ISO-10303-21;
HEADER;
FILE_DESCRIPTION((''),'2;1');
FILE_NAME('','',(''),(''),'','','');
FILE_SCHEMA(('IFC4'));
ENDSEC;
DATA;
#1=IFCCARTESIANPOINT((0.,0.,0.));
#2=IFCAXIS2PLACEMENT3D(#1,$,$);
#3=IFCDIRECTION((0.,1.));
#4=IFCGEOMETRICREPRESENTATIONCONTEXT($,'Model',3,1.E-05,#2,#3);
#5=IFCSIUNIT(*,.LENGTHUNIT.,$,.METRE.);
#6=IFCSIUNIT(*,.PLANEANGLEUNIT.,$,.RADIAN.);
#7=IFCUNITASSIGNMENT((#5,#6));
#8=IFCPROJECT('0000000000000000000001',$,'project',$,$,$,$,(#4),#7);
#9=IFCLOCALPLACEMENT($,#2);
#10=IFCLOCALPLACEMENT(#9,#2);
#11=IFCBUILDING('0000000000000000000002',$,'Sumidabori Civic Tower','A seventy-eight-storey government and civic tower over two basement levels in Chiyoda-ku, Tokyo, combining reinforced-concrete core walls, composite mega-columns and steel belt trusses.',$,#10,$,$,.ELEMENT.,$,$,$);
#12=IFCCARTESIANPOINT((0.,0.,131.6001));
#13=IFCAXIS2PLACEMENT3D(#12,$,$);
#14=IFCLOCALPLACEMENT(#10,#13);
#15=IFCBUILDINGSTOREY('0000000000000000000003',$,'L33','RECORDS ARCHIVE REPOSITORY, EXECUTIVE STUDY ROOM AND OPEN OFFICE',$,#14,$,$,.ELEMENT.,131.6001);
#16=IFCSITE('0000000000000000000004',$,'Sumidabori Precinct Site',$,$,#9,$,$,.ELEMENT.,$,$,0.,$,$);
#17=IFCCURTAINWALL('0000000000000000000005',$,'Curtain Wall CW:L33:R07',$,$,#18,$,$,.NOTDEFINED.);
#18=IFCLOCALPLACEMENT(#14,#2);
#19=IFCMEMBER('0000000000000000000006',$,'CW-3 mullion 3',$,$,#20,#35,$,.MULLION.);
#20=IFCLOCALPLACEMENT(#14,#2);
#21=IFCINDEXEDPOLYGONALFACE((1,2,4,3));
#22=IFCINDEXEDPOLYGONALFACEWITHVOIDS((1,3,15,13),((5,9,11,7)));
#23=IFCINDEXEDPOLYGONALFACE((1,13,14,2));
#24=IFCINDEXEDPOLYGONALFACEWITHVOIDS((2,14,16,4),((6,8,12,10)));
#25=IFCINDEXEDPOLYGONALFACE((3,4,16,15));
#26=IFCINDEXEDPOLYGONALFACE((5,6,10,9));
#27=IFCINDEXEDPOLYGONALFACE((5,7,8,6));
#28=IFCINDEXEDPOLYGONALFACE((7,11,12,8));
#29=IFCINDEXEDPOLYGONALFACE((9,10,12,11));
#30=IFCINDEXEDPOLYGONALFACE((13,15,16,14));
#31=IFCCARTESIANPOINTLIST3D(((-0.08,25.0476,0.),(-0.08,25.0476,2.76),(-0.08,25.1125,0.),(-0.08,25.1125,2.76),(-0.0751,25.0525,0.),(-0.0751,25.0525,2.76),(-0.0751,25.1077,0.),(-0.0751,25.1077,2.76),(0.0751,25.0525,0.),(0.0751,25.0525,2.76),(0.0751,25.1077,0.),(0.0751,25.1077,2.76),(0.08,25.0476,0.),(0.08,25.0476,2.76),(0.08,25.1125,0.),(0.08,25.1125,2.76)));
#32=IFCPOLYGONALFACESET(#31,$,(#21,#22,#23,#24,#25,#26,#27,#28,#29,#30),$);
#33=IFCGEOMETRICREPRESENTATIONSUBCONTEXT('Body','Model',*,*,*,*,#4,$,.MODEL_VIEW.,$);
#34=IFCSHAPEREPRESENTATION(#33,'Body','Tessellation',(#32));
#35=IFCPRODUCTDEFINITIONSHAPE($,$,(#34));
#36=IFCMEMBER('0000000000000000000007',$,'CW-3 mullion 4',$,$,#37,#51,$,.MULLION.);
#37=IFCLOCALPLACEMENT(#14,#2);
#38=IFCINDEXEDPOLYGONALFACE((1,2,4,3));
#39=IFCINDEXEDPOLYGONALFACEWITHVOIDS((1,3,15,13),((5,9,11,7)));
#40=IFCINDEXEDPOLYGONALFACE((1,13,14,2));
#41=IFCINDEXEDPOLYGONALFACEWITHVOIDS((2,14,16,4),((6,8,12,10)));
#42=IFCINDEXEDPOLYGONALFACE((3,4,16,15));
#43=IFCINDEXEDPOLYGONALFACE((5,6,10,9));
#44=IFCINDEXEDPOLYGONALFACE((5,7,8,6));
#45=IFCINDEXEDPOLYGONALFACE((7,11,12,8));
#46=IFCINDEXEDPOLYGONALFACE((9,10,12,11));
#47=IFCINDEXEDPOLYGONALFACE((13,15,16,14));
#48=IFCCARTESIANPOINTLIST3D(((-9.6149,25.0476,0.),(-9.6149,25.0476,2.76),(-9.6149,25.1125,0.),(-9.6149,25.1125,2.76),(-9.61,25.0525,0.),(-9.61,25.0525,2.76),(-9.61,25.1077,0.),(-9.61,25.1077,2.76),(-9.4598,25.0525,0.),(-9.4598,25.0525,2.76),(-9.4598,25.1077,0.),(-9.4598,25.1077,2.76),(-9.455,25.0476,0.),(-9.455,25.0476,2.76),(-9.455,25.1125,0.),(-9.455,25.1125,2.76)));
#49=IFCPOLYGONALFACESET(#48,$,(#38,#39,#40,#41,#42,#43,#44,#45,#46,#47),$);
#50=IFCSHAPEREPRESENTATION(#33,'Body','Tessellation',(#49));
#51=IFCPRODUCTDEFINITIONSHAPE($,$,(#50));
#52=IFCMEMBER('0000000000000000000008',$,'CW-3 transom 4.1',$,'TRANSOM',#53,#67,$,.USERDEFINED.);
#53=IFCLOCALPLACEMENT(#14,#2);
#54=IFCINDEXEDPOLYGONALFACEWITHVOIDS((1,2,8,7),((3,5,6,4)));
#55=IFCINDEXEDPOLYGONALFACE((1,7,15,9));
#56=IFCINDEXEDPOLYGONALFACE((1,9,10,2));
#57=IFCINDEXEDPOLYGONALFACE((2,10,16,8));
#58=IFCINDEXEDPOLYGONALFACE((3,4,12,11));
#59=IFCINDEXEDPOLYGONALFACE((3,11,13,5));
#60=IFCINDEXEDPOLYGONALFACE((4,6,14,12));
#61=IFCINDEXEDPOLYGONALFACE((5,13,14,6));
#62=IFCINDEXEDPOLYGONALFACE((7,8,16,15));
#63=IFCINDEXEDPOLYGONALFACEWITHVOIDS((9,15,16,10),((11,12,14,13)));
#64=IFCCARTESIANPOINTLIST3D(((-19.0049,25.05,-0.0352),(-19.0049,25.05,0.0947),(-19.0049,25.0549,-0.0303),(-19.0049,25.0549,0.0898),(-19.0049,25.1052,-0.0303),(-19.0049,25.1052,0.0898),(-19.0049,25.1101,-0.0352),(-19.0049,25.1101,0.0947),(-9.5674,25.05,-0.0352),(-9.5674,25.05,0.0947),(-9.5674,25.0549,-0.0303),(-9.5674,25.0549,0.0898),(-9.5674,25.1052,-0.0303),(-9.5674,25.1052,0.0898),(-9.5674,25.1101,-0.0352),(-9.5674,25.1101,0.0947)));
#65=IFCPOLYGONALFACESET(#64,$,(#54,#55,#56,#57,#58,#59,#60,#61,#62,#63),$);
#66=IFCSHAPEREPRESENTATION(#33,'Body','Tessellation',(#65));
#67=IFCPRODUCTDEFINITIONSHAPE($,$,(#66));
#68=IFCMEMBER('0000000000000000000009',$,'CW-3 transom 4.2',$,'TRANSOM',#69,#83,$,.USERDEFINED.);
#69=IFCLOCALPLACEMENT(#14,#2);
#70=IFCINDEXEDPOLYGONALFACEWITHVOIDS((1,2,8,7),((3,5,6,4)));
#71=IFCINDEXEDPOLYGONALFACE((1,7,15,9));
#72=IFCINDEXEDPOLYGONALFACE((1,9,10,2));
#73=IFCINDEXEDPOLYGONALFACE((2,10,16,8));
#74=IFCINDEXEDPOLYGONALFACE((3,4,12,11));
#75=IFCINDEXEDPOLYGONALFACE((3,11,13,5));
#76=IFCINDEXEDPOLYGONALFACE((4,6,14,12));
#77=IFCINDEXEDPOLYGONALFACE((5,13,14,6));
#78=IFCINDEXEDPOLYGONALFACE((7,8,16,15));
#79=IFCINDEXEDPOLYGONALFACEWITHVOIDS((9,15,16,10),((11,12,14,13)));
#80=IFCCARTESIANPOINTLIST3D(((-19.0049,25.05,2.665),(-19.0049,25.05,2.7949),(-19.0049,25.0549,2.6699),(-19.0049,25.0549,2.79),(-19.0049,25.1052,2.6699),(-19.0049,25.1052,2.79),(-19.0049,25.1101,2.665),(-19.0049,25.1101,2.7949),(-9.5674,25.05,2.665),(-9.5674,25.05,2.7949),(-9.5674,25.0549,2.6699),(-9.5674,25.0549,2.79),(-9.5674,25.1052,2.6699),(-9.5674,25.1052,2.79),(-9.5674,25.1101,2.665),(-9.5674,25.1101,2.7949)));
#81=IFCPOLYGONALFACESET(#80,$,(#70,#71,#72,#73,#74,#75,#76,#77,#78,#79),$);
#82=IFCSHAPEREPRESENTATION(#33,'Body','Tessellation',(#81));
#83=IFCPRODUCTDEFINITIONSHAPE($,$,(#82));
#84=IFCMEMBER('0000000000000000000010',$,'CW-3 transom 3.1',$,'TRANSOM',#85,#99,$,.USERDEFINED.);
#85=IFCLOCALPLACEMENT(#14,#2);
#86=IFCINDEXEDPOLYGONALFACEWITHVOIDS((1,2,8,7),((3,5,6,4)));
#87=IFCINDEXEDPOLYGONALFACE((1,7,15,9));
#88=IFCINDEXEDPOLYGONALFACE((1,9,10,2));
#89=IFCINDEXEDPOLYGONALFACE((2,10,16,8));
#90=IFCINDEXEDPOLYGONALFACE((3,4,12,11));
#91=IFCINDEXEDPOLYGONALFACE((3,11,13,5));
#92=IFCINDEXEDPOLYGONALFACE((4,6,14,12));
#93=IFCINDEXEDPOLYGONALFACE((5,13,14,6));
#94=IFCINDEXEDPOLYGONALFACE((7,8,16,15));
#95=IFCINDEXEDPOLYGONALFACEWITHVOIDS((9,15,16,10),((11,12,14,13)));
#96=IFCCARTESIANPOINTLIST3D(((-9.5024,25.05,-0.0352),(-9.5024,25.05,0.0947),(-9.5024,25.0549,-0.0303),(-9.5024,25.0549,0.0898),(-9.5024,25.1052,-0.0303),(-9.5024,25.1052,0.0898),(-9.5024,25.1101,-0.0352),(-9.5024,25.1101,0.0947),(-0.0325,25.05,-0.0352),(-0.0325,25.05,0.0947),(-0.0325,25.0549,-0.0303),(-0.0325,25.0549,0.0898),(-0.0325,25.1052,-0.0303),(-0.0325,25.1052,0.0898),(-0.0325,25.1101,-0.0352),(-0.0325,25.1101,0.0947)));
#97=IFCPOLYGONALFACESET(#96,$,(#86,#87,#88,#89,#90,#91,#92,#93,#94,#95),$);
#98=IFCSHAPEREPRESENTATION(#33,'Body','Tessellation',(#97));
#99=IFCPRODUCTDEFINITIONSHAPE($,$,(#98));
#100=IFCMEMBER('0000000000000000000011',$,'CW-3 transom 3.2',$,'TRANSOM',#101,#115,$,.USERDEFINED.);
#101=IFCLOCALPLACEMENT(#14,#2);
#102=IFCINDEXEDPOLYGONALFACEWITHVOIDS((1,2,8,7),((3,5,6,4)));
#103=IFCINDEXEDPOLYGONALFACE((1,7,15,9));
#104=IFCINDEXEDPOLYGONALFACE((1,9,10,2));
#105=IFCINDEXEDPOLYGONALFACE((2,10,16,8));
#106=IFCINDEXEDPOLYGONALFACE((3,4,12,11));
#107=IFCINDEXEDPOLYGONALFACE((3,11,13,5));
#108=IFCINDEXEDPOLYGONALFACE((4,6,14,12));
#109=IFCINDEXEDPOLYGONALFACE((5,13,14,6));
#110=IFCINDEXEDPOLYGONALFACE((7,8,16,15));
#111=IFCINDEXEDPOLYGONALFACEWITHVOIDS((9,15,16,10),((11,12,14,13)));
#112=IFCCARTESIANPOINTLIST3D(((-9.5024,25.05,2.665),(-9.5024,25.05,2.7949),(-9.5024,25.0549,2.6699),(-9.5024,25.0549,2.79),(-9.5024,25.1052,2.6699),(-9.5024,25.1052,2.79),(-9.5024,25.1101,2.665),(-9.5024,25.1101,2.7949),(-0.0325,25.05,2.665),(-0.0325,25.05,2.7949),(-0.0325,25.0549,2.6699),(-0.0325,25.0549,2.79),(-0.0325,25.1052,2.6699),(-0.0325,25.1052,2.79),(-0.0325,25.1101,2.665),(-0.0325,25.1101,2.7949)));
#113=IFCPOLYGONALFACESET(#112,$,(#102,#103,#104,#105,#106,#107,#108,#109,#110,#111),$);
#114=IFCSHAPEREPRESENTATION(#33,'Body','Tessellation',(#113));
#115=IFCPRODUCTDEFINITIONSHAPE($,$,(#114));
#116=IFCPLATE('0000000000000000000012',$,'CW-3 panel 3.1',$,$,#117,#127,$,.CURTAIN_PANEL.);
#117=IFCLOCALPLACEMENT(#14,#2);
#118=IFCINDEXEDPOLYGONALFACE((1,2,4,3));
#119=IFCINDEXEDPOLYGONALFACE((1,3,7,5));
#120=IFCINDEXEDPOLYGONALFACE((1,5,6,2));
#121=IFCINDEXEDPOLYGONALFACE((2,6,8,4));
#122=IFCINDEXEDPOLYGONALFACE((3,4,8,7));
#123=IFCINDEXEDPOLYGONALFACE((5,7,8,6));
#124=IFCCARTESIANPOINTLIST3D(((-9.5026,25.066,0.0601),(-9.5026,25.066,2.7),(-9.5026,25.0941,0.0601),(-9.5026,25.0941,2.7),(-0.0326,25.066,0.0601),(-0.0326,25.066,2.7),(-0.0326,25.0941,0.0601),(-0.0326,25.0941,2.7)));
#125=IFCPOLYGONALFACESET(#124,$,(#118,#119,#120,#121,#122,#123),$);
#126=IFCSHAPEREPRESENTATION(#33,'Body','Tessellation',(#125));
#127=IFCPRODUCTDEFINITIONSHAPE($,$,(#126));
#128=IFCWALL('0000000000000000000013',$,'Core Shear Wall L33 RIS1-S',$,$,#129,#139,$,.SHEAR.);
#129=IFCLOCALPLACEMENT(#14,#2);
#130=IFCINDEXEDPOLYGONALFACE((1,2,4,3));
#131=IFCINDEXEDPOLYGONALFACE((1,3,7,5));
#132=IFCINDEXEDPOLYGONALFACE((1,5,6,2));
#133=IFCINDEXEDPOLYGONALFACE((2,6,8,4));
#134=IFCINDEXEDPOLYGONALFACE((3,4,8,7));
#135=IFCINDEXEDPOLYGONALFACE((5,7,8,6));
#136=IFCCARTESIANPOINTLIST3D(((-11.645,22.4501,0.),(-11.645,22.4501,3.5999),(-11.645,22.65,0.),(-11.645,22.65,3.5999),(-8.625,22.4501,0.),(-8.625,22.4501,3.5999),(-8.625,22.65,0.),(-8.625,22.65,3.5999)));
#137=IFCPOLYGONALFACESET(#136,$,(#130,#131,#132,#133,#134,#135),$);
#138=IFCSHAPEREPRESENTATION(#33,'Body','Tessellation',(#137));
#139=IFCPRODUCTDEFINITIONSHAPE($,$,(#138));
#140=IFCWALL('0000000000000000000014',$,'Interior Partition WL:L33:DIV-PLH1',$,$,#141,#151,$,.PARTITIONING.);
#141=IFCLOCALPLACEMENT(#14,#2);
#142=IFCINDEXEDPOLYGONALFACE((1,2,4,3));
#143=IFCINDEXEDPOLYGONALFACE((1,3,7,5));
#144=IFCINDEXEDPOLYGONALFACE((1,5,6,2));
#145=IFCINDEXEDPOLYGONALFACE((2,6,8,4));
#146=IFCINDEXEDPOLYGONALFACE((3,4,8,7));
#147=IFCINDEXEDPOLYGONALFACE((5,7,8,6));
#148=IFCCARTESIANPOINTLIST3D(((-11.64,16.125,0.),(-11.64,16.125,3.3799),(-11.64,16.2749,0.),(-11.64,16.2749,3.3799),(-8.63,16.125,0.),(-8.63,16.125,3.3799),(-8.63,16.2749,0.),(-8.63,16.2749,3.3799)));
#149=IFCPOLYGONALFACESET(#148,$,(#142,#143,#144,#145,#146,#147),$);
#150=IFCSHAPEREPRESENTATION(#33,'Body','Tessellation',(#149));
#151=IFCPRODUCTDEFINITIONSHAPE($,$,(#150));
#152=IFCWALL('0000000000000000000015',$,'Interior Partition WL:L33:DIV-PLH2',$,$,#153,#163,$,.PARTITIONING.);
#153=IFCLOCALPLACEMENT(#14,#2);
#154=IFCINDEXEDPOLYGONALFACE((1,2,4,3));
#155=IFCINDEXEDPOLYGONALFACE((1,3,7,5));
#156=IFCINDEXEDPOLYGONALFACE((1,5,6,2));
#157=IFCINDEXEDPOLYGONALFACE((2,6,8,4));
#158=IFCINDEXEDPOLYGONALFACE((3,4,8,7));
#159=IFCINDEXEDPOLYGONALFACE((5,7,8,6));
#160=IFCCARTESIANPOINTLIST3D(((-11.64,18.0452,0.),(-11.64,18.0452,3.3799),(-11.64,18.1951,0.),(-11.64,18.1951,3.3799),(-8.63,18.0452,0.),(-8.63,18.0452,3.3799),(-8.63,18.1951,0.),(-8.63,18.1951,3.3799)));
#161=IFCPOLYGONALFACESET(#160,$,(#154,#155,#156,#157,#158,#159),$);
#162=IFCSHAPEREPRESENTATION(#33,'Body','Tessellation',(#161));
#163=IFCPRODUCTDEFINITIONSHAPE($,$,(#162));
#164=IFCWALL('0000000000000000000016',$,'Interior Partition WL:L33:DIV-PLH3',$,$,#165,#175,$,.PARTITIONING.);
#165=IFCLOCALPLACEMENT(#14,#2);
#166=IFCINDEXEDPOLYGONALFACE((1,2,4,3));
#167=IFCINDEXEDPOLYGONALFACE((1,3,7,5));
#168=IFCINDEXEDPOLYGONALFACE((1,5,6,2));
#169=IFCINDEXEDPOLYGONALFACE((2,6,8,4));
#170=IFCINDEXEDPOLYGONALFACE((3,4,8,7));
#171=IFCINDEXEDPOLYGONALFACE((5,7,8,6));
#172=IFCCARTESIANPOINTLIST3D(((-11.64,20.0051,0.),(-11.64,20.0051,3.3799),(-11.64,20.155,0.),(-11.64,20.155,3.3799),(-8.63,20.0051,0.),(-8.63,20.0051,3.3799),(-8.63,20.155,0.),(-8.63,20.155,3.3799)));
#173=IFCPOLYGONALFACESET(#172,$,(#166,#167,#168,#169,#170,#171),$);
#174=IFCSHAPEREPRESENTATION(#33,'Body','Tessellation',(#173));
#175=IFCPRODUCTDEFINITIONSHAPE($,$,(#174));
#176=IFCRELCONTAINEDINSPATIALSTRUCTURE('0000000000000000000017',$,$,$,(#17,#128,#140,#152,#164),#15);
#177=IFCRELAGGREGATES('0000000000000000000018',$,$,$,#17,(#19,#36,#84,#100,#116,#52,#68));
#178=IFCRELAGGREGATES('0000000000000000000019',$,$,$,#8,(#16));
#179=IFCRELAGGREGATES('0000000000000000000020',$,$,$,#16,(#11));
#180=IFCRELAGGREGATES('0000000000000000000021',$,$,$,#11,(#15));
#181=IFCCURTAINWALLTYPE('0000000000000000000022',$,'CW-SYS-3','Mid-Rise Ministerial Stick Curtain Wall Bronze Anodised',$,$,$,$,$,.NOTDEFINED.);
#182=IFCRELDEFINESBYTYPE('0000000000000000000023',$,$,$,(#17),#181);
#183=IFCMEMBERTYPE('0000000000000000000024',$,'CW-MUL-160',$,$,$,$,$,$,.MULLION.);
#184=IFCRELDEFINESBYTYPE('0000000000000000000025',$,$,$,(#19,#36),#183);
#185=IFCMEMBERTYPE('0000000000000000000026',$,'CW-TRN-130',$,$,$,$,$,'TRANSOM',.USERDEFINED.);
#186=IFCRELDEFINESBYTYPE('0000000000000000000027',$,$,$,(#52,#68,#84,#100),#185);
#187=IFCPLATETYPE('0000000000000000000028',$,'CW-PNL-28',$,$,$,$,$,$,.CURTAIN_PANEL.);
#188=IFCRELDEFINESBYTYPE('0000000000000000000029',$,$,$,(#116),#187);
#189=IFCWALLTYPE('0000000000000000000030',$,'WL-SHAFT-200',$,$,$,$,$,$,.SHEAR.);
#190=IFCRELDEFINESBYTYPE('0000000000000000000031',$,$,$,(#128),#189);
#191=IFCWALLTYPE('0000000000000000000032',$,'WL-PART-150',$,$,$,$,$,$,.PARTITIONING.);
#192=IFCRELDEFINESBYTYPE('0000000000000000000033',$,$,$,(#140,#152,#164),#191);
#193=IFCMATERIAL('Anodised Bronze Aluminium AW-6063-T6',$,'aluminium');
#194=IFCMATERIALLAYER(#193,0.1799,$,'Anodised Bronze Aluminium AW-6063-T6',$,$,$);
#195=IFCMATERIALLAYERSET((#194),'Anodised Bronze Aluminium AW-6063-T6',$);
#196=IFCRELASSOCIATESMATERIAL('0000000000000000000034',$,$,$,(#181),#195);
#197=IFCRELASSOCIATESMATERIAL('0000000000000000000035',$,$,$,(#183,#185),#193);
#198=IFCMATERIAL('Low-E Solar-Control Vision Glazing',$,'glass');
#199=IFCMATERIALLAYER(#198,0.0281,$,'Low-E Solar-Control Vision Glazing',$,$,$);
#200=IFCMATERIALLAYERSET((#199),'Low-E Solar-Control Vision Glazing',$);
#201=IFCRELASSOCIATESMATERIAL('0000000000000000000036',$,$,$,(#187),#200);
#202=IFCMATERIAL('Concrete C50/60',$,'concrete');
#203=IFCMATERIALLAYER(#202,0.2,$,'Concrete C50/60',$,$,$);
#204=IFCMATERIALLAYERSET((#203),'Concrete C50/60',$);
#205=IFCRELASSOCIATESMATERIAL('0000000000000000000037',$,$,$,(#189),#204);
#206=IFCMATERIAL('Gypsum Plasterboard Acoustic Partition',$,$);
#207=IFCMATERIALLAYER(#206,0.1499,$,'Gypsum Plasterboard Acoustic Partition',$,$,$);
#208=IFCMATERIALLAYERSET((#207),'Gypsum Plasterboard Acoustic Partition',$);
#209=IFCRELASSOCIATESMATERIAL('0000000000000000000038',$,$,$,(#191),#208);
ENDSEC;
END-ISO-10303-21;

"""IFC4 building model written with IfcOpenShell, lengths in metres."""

from ifc_helpers import new_model, si_unit, direction, frame, frame_2d, origin, origin_2d, place, context, subcontext, project, spatial, rectangle, hollow_rectangle, extrude, source, transform, mapped, material, layer, layer_set, material_profile, profile_set, type_object, element, aggregate, save


model = new_model("IFC4")

# Units and contexts
model_context = context("Model", 3, precision=1e-05, world=origin(), true_north=direction((0.0, 1.0)))
body_context = subcontext(model_context, "Body", "Model", "MODEL_VIEW")
ifc_project = project(units=[si_unit("LENGTHUNIT", "METRE"), si_unit("PLANEANGLEUNIT", "RADIAN")], contexts=[model_context])

# Site, building, storey
site_placement = place(None, origin())
site = spatial("IfcSite", under=ifc_project, at=site_placement, Name="Sumidabori Precinct Site", CompositionType="ELEMENT", RefElevation=0.0)
building_placement = place(site_placement, origin())
building = spatial("IfcBuilding", under=site, at=building_placement, Name="Sumidabori Civic Tower", Description="A seventy-eight-storey government and civic tower over two basement levels in Chiyoda-ku, Tokyo, combining reinforced-concrete core walls, composite mega-columns and steel belt trusses.", CompositionType="ELEMENT")
storey_placement = place(building_placement, frame((0.0, 0.0, 131.6001)))
storey = spatial("IfcBuildingStorey", under=building, at=storey_placement, Name="L33", Description="RECORDS ARCHIVE REPOSITORY, EXECUTIVE STUDY ROOM AND OPEN OFFICE", CompositionType="ELEMENT", Elevation=131.6001)

# Curtain wall, members, plate
ifc_material_1 = material(Name="Anodised Bronze Aluminium AW-6063-T6", Category="aluminium")
ifc_layer_1 = layer(ifc_material_1, 0.1799, Name="Anodised Bronze Aluminium AW-6063-T6")
ifc_layer_set_1 = layer_set([ifc_layer_1], Name="Anodised Bronze Aluminium AW-6063-T6")
curtain_wall_type = type_object("IfcCurtainWallType", Name="CW-SYS-3", Description="Mid-Rise Ministerial Stick Curtain Wall Bronze Anodised", PredefinedType="NOTDEFINED", material=ifc_layer_set_1)
curtain_wall_placement = place(storey_placement, origin())
curtain_wall = element("IfcCurtainWall", 1, at=curtain_wall_placement, inside=storey, type_object=curtain_wall_type, Name="Curtain Wall CW:L33:R07", PredefinedType="NOTDEFINED")
ifc_material_profile_1 = material_profile(ifc_material_1, hollow_rectangle(XDim=0.0649, YDim=0.1599, WallThickness=0.0049, at=origin_2d()), Name="ALU MULLION 160x65")
ifc_profile_set_1 = profile_set([ifc_material_profile_1], Name="Anodised Bronze Aluminium AW-6063-T6")
member_type_1 = type_object("IfcMemberType", Name="CW-MUL-160", PredefinedType="MULLION", material=ifc_profile_set_1)
shared_shape_1 = source(origin(), body_context, "Body", "SweptSolid", [
    extrude(hollow_rectangle(XDim=0.0649, YDim=0.1599, WallThickness=0.0049, at=origin_2d()), origin(), (0.0, 0.0, 1.0), 2.76),
])
member_1_placement = place(storey_placement, frame((0.0, 25.0801, 0.0), z_axis=(0.0, 0.0, 1.0), x_axis=(0.0, -1.0, 0.0)))
member_1 = element("IfcMember", 2, at=member_1_placement, type_object=member_type_1, Name="CW-3 mullion 3", PredefinedType="MULLION", context=body_context, shape_type="MappedRepresentation", body=[
    mapped(shared_shape_1, transform((0.0, 0.0, 0.0), x_axis=(1.0, 0.0, 0.0), y_axis=(0.0, 1.0, 0.0), z_axis=(0.0, 0.0, 1.0), scale=1.0)),
])
member_2_placement = place(storey_placement, frame((-9.5349, 25.0801, 0.0), z_axis=(0.0, 0.0, 1.0), x_axis=(0.0, -1.0, 0.0)))
member_2 = element("IfcMember", 3, at=member_2_placement, type_object=member_type_1, Name="CW-3 mullion 4", PredefinedType="MULLION", context=body_context, shape_type="MappedRepresentation", body=[
    mapped(shared_shape_1, transform((0.0, 0.0, 0.0), x_axis=(1.0, 0.0, 0.0), y_axis=(0.0, 1.0, 0.0), z_axis=(0.0, 0.0, 1.0), scale=1.0)),
])
ifc_material_profile_2 = material_profile(ifc_material_1, hollow_rectangle(XDim=0.0601, YDim=0.1299, WallThickness=0.0049, at=origin_2d()), Name="ALU TRANSOM 130x60")
ifc_profile_set_2 = profile_set([ifc_material_profile_2], Name="Anodised Bronze Aluminium AW-6063-T6")
member_type_2 = type_object("IfcMemberType", Name="CW-TRN-130", ElementType="TRANSOM", PredefinedType="USERDEFINED", material=ifc_profile_set_2)
shared_shape_2 = source(origin(), body_context, "Body", "SweptSolid", [
    extrude(hollow_rectangle(XDim=0.0601, YDim=0.1299, WallThickness=0.0049, at=origin_2d()), origin(), (0.0, 0.0, 1.0), 9.4375),
])
member_3_placement = place(storey_placement, frame((-9.5674, 25.0801, 0.0298), z_axis=(-1.0, 0.0, 0.0), x_axis=(0.0, -1.0, 0.0)))
member_3 = element("IfcMember", 4, at=member_3_placement, type_object=member_type_2, Name="CW-3 transom 4.1", ObjectType="TRANSOM", PredefinedType="USERDEFINED", context=body_context, shape_type="MappedRepresentation", body=[
    mapped(shared_shape_2, transform((0.0, 0.0, 0.0), x_axis=(1.0, 0.0, 0.0), y_axis=(0.0, 1.0, 0.0), z_axis=(0.0, 0.0, 1.0), scale=1.0)),
])
member_4_placement = place(storey_placement, frame((-9.5674, 25.0801, 2.73), z_axis=(-1.0, 0.0, 0.0), x_axis=(0.0, -1.0, 0.0)))
member_4 = element("IfcMember", 5, at=member_4_placement, type_object=member_type_2, Name="CW-3 transom 4.2", ObjectType="TRANSOM", PredefinedType="USERDEFINED", context=body_context, shape_type="MappedRepresentation", body=[
    mapped(shared_shape_2, transform((0.0, 0.0, 0.0), x_axis=(1.0, 0.0, 0.0), y_axis=(0.0, 1.0, 0.0), z_axis=(0.0, 0.0, 1.0), scale=1.0)),
])
shared_shape_3 = source(origin(), body_context, "Body", "SweptSolid", [
    extrude(hollow_rectangle(XDim=0.0601, YDim=0.1299, WallThickness=0.0049, at=origin_2d()), origin(), (0.0, 0.0, 1.0), 9.47),
])
member_5_placement = place(storey_placement, frame((-0.0325, 25.0801, 0.0298), z_axis=(-1.0, 0.0, 0.0), x_axis=(0.0, -1.0, 0.0)))
member_5 = element("IfcMember", 6, at=member_5_placement, type_object=member_type_2, Name="CW-3 transom 3.1", ObjectType="TRANSOM", PredefinedType="USERDEFINED", context=body_context, shape_type="MappedRepresentation", body=[
    mapped(shared_shape_3, transform((0.0, 0.0, 0.0), x_axis=(1.0, 0.0, 0.0), y_axis=(0.0, 1.0, 0.0), z_axis=(0.0, 0.0, 1.0), scale=1.0)),
])
member_6_placement = place(storey_placement, frame((-0.0325, 25.0801, 2.73), z_axis=(-1.0, 0.0, 0.0), x_axis=(0.0, -1.0, 0.0)))
member_6 = element("IfcMember", 7, at=member_6_placement, type_object=member_type_2, Name="CW-3 transom 3.2", ObjectType="TRANSOM", PredefinedType="USERDEFINED", context=body_context, shape_type="MappedRepresentation", body=[
    mapped(shared_shape_3, transform((0.0, 0.0, 0.0), x_axis=(1.0, 0.0, 0.0), y_axis=(0.0, 1.0, 0.0), z_axis=(0.0, 0.0, 1.0), scale=1.0)),
])
ifc_material_2 = material(Name="Low-E Solar-Control Vision Glazing", Category="glass")
ifc_layer_2 = layer(ifc_material_2, 0.0281, Name="Low-E Solar-Control Vision Glazing")
ifc_layer_set_2 = layer_set([ifc_layer_2], Name="Low-E Solar-Control Vision Glazing")
plate_type = type_object("IfcPlateType", Name="CW-PNL-28", PredefinedType="CURTAIN_PANEL", material=ifc_layer_set_2)
shared_shape_4 = source(origin(), body_context, "Body", "SweptSolid", [
    extrude(rectangle(XDim=9.47, YDim=0.0281, at=origin_2d()), origin(), (0.0, 0.0, 1.0), 2.6399),
])
plate_placement = place(storey_placement, frame((-4.7676, 25.0801, 0.0601), z_axis=(0.0, 0.0, 1.0), x_axis=(-1.0, 0.0, 0.0)))
plate = element("IfcPlate", 8, at=plate_placement, type_object=plate_type, Name="CW-3 panel 3.1", PredefinedType="CURTAIN_PANEL", context=body_context, shape_type="MappedRepresentation", body=[
    mapped(shared_shape_4, transform((0.0, 0.0, 0.0), x_axis=(1.0, 0.0, 0.0), y_axis=(0.0, 1.0, 0.0), z_axis=(0.0, 0.0, 1.0), scale=1.0)),
])
aggregate(curtain_wall, [member_1, member_2, member_5, member_6, plate, member_3, member_4])

# Walls
ifc_material_3 = material(Name="Concrete C50/60", Category="concrete")
ifc_layer_3 = layer(ifc_material_3, 0.2, Name="Concrete C50/60")
ifc_layer_set_3 = layer_set([ifc_layer_3], Name="Concrete C50/60")
wall_type_1 = type_object("IfcWallType", Name="WL-SHAFT-200", PredefinedType="SHEAR", material=ifc_layer_set_3)
shared_shape_5 = source(origin(), body_context, "Body", "SweptSolid", [
    extrude(rectangle(XDim=3.02, YDim=0.2, at=frame_2d((1.51, 0.0))), origin(), (0.0, 0.0, 1.0), 3.5999),
])
wall_1_placement = place(storey_placement, frame((-11.645, 22.55, 0.0), z_axis=(0.0, 0.0, 1.0), x_axis=(1.0, 0.0, 0.0)))
element("IfcWall", 9, at=wall_1_placement, inside=storey, type_object=wall_type_1, Name="Core Shear Wall L33 RIS1-S", PredefinedType="SHEAR", context=body_context, shape_type="MappedRepresentation", body=[
    mapped(shared_shape_5, transform((0.0, 0.0, 0.0), x_axis=(1.0, 0.0, 0.0), y_axis=(0.0, 1.0, 0.0), z_axis=(0.0, 0.0, 1.0), scale=1.0)),
])
ifc_material_4 = material(Name="Gypsum Plasterboard Acoustic Partition")
ifc_layer_4 = layer(ifc_material_4, 0.1499, Name="Gypsum Plasterboard Acoustic Partition")
ifc_layer_set_4 = layer_set([ifc_layer_4], Name="Gypsum Plasterboard Acoustic Partition")
wall_type_2 = type_object("IfcWallType", Name="WL-PART-150", PredefinedType="PARTITIONING", material=ifc_layer_set_4)
shared_shape_6 = source(origin(), body_context, "Body", "SweptSolid", [
    extrude(rectangle(XDim=3.01, YDim=0.1499, at=frame_2d((1.5049, 0.0))), origin(), (0.0, 0.0, 1.0), 3.3799),
])
for number, where, z_axis, x_axis, name in (
    (10, (-11.6399, 16.2, 0.0), (0.0, 0.0, 1.0), (1.0, 0.0, 0.0), "Interior Partition WL:L33:DIV-PLH1"),
    (11, (-11.6399, 18.1201, 0.0), (0.0, 0.0, 1.0), (1.0, 0.0, 0.0), "Interior Partition WL:L33:DIV-PLH2"),
    (12, (-11.6399, 20.0801, 0.0), (0.0, 0.0, 1.0), (1.0, 0.0, 0.0), "Interior Partition WL:L33:DIV-PLH3"),
):
    element("IfcWall", number, at=place(storey_placement, frame(where, z_axis=z_axis, x_axis=x_axis)), inside=storey, type_object=wall_type_2, Name=name, PredefinedType="PARTITIONING", context=body_context, shape_type="MappedRepresentation", body=[
        mapped(shared_shape_6, transform((0.0, 0.0, 0.0), x_axis=(1.0, 0.0, 0.0), y_axis=(0.0, 1.0, 0.0), z_axis=(0.0, 0.0, 1.0), scale=1.0)),
    ])

save(model, "model.ifc")
